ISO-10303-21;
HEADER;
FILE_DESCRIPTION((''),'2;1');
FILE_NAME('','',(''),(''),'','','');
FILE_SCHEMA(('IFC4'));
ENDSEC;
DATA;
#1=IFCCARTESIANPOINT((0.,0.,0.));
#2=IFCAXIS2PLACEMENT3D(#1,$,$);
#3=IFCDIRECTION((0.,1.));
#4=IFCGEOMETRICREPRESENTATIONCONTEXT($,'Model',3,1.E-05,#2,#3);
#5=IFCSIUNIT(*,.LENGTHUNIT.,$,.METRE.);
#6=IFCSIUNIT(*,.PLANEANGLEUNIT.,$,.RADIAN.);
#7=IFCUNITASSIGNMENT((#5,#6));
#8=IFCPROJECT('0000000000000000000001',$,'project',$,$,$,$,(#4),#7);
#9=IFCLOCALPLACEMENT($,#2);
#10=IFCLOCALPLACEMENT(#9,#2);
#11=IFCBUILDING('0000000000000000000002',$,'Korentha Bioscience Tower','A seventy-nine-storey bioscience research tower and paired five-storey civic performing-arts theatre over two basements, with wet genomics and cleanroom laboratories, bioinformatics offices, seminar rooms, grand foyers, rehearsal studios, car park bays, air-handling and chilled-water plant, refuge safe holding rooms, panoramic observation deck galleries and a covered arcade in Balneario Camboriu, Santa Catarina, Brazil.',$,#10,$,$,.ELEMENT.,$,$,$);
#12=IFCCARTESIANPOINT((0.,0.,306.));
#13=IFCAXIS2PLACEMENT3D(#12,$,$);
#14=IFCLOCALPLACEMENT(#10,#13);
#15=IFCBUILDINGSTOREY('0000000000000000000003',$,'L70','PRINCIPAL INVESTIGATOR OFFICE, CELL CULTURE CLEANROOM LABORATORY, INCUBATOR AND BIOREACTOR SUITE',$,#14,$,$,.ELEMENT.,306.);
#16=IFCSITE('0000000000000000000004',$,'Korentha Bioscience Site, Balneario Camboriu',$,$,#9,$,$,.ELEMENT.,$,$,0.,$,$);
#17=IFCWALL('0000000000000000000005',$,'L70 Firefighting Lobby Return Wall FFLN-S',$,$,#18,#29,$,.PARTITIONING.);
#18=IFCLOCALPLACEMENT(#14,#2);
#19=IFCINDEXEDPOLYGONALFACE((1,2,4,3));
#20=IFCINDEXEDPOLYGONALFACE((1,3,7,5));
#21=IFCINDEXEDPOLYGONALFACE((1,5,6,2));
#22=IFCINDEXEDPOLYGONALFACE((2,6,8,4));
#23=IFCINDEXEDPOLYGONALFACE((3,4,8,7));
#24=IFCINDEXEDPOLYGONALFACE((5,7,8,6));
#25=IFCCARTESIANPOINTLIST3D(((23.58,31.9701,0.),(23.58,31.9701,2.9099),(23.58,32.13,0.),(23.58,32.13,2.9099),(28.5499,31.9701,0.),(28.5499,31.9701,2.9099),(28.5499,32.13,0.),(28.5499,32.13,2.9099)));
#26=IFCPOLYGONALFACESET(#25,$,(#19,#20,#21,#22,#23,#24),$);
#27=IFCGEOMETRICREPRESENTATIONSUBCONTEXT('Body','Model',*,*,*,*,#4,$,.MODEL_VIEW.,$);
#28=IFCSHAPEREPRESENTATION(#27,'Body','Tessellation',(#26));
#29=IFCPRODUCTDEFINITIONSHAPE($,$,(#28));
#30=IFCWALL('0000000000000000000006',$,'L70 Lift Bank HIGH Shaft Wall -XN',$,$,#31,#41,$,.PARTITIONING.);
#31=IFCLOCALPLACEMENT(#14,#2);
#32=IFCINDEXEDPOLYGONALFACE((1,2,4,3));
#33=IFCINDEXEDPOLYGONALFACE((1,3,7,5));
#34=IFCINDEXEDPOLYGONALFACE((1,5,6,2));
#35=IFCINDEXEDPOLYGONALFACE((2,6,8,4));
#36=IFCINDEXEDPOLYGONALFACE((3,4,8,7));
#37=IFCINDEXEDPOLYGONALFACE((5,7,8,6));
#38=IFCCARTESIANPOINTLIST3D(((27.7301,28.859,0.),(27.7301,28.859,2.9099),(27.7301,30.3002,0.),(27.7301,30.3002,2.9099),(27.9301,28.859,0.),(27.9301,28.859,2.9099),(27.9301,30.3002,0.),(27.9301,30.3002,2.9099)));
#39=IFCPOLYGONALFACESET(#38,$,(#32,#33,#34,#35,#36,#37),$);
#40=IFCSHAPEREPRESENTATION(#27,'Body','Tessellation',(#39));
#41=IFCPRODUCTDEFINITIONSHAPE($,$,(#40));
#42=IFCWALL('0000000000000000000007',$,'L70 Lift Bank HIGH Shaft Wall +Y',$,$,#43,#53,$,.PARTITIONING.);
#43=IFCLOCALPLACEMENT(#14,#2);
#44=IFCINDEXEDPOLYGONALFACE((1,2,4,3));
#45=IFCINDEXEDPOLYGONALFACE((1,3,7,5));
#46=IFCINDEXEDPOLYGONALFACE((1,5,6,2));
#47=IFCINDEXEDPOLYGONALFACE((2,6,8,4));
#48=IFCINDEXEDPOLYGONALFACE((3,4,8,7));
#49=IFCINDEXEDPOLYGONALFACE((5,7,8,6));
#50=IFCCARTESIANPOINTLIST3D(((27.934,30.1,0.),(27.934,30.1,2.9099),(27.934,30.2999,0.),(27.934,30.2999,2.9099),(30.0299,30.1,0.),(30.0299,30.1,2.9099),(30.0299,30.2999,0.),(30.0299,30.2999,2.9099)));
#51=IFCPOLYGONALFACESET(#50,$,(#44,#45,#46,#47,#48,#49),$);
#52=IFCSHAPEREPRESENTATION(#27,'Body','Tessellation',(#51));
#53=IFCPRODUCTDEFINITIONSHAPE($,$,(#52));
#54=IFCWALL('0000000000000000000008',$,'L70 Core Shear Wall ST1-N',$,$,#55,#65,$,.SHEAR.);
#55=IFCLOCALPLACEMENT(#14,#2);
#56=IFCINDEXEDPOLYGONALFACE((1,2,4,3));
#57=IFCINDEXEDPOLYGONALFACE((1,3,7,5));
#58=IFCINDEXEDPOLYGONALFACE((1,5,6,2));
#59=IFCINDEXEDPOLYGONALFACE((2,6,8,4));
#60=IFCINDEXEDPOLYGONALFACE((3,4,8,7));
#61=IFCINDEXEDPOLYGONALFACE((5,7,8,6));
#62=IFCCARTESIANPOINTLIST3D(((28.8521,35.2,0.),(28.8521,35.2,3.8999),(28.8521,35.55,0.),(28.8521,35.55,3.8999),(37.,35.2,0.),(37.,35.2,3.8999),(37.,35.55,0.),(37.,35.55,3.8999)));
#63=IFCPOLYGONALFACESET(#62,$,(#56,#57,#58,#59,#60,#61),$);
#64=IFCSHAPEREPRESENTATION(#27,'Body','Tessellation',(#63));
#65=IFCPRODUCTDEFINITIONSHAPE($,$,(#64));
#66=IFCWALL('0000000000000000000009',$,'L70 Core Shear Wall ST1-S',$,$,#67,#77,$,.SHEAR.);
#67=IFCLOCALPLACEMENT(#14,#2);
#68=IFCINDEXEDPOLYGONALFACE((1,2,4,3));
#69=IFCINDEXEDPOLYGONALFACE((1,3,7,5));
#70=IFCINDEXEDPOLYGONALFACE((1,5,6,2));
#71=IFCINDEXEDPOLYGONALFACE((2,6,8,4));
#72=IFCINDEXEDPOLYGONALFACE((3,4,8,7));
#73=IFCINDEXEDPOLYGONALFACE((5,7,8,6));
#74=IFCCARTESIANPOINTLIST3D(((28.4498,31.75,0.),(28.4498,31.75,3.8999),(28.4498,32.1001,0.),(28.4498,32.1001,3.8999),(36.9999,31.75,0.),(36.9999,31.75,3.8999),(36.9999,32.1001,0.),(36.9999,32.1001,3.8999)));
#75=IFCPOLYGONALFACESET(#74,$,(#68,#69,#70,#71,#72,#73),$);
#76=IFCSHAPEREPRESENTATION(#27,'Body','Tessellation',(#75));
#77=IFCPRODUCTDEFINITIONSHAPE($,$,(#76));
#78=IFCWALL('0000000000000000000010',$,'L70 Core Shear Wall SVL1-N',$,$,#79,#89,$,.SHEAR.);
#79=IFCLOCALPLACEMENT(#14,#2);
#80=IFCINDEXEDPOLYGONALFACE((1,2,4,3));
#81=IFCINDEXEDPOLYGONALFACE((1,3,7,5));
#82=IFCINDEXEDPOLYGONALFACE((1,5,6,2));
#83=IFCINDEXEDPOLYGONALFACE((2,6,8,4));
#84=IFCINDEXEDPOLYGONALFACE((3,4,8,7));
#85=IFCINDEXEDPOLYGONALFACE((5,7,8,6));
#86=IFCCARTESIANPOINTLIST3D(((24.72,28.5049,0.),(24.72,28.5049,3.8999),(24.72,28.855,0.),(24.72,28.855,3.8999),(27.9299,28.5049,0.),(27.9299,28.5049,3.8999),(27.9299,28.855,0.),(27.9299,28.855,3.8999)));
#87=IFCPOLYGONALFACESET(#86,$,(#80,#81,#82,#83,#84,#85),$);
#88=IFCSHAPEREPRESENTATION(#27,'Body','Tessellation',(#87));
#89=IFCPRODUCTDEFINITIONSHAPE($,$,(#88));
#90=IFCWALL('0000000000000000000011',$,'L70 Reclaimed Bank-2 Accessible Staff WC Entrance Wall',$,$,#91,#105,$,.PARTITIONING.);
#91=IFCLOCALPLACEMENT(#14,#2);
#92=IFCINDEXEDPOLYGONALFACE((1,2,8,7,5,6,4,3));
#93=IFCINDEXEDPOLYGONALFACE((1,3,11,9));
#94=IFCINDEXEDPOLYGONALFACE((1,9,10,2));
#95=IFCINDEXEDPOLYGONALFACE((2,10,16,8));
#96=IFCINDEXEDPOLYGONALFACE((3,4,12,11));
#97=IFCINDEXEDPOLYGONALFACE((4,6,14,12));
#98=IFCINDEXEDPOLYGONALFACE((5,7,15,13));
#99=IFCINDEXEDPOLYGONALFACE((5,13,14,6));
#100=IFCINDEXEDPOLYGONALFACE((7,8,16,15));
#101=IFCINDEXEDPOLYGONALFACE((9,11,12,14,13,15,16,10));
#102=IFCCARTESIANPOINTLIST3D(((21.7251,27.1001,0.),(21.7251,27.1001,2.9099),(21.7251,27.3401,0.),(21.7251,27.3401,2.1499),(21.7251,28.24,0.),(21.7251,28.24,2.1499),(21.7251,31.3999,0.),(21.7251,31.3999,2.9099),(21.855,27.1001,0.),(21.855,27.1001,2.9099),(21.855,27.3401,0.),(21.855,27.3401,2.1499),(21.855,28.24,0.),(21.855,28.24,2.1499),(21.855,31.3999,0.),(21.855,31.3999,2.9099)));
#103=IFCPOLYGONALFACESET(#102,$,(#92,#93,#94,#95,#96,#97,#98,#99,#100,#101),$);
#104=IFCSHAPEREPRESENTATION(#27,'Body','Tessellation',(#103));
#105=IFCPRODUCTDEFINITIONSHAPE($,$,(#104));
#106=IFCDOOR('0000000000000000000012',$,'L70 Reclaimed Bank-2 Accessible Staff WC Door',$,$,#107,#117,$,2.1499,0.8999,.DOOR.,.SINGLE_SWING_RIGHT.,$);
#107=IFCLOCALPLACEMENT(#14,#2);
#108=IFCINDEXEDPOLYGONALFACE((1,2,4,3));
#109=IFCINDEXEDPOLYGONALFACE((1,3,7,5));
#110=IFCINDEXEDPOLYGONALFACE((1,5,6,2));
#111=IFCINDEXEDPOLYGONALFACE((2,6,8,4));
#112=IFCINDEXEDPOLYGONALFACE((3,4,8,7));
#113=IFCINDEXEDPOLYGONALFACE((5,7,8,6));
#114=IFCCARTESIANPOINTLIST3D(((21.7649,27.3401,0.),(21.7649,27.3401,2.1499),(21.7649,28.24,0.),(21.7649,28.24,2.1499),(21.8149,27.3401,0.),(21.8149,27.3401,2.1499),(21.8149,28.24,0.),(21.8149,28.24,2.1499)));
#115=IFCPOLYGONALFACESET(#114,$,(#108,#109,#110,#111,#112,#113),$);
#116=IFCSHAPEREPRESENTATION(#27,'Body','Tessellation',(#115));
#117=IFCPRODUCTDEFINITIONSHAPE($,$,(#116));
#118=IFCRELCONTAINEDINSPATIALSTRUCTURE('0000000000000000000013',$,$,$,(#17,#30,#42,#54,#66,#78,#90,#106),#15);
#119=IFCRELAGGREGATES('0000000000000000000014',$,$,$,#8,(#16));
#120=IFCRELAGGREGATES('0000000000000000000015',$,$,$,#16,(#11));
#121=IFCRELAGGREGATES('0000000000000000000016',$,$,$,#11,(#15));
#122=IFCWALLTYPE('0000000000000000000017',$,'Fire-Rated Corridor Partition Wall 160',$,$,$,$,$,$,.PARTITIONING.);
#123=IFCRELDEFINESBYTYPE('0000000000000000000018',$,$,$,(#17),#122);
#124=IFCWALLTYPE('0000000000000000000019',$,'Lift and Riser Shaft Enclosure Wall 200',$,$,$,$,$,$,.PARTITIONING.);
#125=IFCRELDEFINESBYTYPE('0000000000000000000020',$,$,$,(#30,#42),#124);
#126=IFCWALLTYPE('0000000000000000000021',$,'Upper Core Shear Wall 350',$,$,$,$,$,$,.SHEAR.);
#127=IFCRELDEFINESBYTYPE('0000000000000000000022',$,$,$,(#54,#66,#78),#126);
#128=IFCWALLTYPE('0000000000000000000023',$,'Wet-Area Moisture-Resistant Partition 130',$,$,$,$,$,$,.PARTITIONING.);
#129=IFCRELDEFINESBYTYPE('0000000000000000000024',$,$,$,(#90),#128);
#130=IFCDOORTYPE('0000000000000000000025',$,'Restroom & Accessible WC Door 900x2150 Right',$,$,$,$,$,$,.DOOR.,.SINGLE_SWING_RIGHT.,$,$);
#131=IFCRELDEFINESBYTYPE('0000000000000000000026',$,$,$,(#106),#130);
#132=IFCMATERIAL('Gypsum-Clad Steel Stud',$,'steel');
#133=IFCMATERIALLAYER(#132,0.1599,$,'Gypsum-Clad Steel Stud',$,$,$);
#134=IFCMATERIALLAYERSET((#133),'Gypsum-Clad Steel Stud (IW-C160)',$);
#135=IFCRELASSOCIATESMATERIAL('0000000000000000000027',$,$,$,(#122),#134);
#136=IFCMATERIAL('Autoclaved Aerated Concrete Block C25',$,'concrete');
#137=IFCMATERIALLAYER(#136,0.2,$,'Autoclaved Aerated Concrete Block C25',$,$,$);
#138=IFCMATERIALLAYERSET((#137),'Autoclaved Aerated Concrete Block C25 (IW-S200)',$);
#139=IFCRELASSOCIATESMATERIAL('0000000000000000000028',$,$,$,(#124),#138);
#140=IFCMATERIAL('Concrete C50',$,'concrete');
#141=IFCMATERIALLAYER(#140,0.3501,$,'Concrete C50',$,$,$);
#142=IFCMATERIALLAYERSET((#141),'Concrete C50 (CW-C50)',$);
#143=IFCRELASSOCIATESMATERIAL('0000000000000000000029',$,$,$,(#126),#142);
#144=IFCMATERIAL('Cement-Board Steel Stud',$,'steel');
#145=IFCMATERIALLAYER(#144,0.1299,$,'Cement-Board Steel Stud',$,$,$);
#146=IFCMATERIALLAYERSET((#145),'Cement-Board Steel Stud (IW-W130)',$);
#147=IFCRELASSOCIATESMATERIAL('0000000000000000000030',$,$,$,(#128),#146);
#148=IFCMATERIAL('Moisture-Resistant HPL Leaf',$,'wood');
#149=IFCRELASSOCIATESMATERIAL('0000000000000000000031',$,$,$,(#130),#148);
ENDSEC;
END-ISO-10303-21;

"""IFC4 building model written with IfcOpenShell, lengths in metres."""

from ifc_helpers import new_model, si_unit, direction, frame, frame_2d, origin, place, context, subcontext, project, spatial, rectangle, extrude, material, layer, layer_set, type_object, element, fill, save


model = new_model("IFC4")

# Units and contexts
model_context = context("Model", 3, precision=1e-05, world=origin(), true_north=direction((0.0, 1.0)))
body_context = subcontext(model_context, "Body", "Model", "MODEL_VIEW")
ifc_project = project(units=[si_unit("LENGTHUNIT", "METRE"), si_unit("PLANEANGLEUNIT", "RADIAN")], contexts=[model_context])

# Site, building, storey
site_placement = place(None, origin())
site = spatial("IfcSite", under=ifc_project, at=site_placement, Name="Korentha Bioscience Site, Balneario Camboriu", CompositionType="ELEMENT", RefElevation=0.0)
building_placement = place(site_placement, origin())
building = spatial("IfcBuilding", under=site, at=building_placement, Name="Korentha Bioscience Tower", Description="A seventy-nine-storey bioscience research tower and paired five-storey civic performing-arts theatre over two basements, with wet genomics and cleanroom laboratories, bioinformatics offices, seminar rooms, grand foyers, rehearsal studios, car park bays, air-handling and chilled-water plant, refuge safe holding rooms, panoramic observation deck galleries and a covered arcade in Balneario Camboriu, Santa Catarina, Brazil.", CompositionType="ELEMENT")
storey_placement = place(building_placement, frame((0.0, 0.0, 306.0)))
storey = spatial("IfcBuildingStorey", under=building, at=storey_placement, Name="L70", Description="PRINCIPAL INVESTIGATOR OFFICE, CELL CULTURE CLEANROOM LABORATORY, INCUBATOR AND BIOREACTOR SUITE", CompositionType="ELEMENT", Elevation=306.0)

# Shared definitions
ifc_material_1 = material(Name="Gypsum-Clad Steel Stud", Category="steel")
ifc_layer_1 = layer(ifc_material_1, 0.1599, Name="Gypsum-Clad Steel Stud")
ifc_layer_set_1 = layer_set([ifc_layer_1], Name="Gypsum-Clad Steel Stud (IW-C160)")
wall_type_1 = type_object("IfcWallType", Name="Fire-Rated Corridor Partition Wall 160", PredefinedType="PARTITIONING", material=ifc_layer_set_1)

# Walls
wall_1_placement = place(storey_placement, frame((23.5801, 32.05, 0.0), z_axis=(0.0, 0.0, 1.0), x_axis=(1.0, 0.0, 0.0)))
element("IfcWall", 1, at=wall_1_placement, inside=storey, type_object=wall_type_1, Name="L70 Firefighting Lobby Return Wall FFLN-S", PredefinedType="PARTITIONING", context=body_context, shape_type="SweptSolid", body=[
    extrude(rectangle(XDim=4.97, YDim=0.1599, at=frame_2d((2.4849, 0.0))), origin(), (0.0, 0.0, 1.0), 2.9099),
])
ifc_material_2 = material(Name="Autoclaved Aerated Concrete Block C25", Category="concrete")
ifc_layer_2 = layer(ifc_material_2, 0.2, Name="Autoclaved Aerated Concrete Block C25")
ifc_layer_set_2 = layer_set([ifc_layer_2], Name="Autoclaved Aerated Concrete Block C25 (IW-S200)")
wall_type_2 = type_object("IfcWallType", Name="Lift and Riser Shaft Enclosure Wall 200", PredefinedType="PARTITIONING", material=ifc_layer_set_2)
wall_2_placement = place(storey_placement, frame((27.8301, 28.8589, 0.0), z_axis=(0.0, 0.0, 1.0), x_axis=(0.0, 1.0, 0.0)))
element("IfcWall", 2, at=wall_2_placement, inside=storey, type_object=wall_type_2, Name="L70 Lift Bank HIGH Shaft Wall -XN", PredefinedType="PARTITIONING", context=body_context, shape_type="SweptSolid", body=[
    extrude(rectangle(XDim=1.4412, YDim=0.2, at=frame_2d((0.7207, 0.0))), origin(), (0.0, 0.0, 1.0), 2.9099),
])
wall_3_placement = place(storey_placement, frame((27.9341, 30.2, 0.0), z_axis=(0.0, 0.0, 1.0), x_axis=(1.0, 0.0, 0.0)))
element("IfcWall", 3, at=wall_3_placement, inside=storey, type_object=wall_type_2, Name="L70 Lift Bank HIGH Shaft Wall +Y", PredefinedType="PARTITIONING", context=body_context, shape_type="SweptSolid", body=[
    extrude(rectangle(XDim=2.0959, YDim=0.2, at=frame_2d((1.0479, 0.0))), origin(), (0.0, 0.0, 1.0), 2.9099),
])
ifc_material_3 = material(Name="Concrete C50", Category="concrete")
ifc_layer_3 = layer(ifc_material_3, 0.3501, Name="Concrete C50")
ifc_layer_set_3 = layer_set([ifc_layer_3], Name="Concrete C50 (CW-C50)")
wall_type_3 = type_object("IfcWallType", Name="Upper Core Shear Wall 350", PredefinedType="SHEAR", material=ifc_layer_set_3)
wall_4_placement = place(storey_placement, frame((28.8521, 35.375, 0.0), z_axis=(0.0, 0.0, 1.0), x_axis=(1.0, 0.0, 0.0)))
element("IfcWall", 4, at=wall_4_placement, inside=storey, type_object=wall_type_3, Name="L70 Core Shear Wall ST1-N", PredefinedType="SHEAR", context=body_context, shape_type="SweptSolid", body=[
    extrude(rectangle(XDim=8.1479, YDim=0.3501, at=frame_2d((4.074, 0.0))), origin(), (0.0, 0.0, 1.0), 3.8999),
])
wall_5_placement = place(storey_placement, frame((28.45, 31.925, 0.0), z_axis=(0.0, 0.0, 1.0), x_axis=(1.0, 0.0, 0.0)))
element("IfcWall", 5, at=wall_5_placement, inside=storey, type_object=wall_type_3, Name="L70 Core Shear Wall ST1-S", PredefinedType="SHEAR", context=body_context, shape_type="SweptSolid", body=[
    extrude(rectangle(XDim=8.55, YDim=0.3501, at=frame_2d((4.2749, 0.0))), origin(), (0.0, 0.0, 1.0), 3.8999),
])

# Wall
wall_6_placement = place(storey_placement, frame((24.72, 28.6799, 0.0), z_axis=(0.0, 0.0, 1.0), x_axis=(1.0, 0.0, 0.0)))
element("IfcWall", 6, at=wall_6_placement, inside=storey, type_object=wall_type_3, Name="L70 Core Shear Wall SVL1-N", PredefinedType="SHEAR", context=body_context, shape_type="SweptSolid", body=[
    extrude(rectangle(XDim=3.21, YDim=0.3501, at=frame_2d((1.605, 0.0))), origin(), (0.0, 0.0, 1.0), 3.8999),
])

# Wall, opening, door
ifc_material_4 = material(Name="Cement-Board Steel Stud", Category="steel")
ifc_layer_4 = layer(ifc_material_4, 0.1299, Name="Cement-Board Steel Stud")
ifc_layer_set_4 = layer_set([ifc_layer_4], Name="Cement-Board Steel Stud (IW-W130)")
wall_type_4 = type_object("IfcWallType", Name="Wet-Area Moisture-Resistant Partition 130", PredefinedType="PARTITIONING", material=ifc_layer_set_4)
wall_7_placement = place(storey_placement, frame((21.79, 31.3999, 0.0), z_axis=(0.0, 0.0, 1.0), x_axis=(0.0, -1.0, 0.0)))
wall_7 = element("IfcWall", 7, at=wall_7_placement, inside=storey, type_object=wall_type_4, Name="L70 Reclaimed Bank-2 Accessible Staff WC Entrance Wall", PredefinedType="PARTITIONING", context=body_context, shape_type="SweptSolid", body=[
    extrude(rectangle(XDim=4.2998, YDim=0.1299, at=frame_2d((2.1499, 0.0))), origin(), (0.0, 0.0, 1.0), 2.9099),
])
opening_1_placement = place(wall_7_placement, frame((3.1599, 0.0, 0.0)))
opening_1 = element("IfcOpeningElement", 8, at=opening_1_placement, cuts=wall_7, PredefinedType="OPENING", context=body_context, shape_type="SweptSolid", body=[
    extrude(rectangle(XDim=0.8999, YDim=2.1499, at=frame_2d((0.45, 1.075))), frame((0.0, 0.0798, 0.0), z_axis=(0.0, -1.0, 0.0), x_axis=(1.0, 0.0, 0.0)), (0.0, 0.0, 1.0), 0.1597),
])
ifc_material_5 = material(Name="Moisture-Resistant HPL Leaf", Category="wood")
door_type_1 = type_object("IfcDoorType", Name="Restroom & Accessible WC Door 900x2150 Right", OperationType="SINGLE_SWING_RIGHT", PredefinedType="DOOR", material=ifc_material_5)
door_1_placement = place(opening_1_placement, origin())
door_1 = element("IfcDoor", 9, at=door_1_placement, inside=storey, type_object=door_type_1, Name="L70 Reclaimed Bank-2 Accessible Staff WC Door", OperationType="SINGLE_SWING_RIGHT", OverallHeight=2.1499, OverallWidth=0.8999, PredefinedType="DOOR", context=body_context, shape_type="SweptSolid", body=[
    extrude(rectangle(XDim=0.8999, YDim=2.1499, at=frame_2d((0.45, 1.075))), frame((0.0, 0.0249, 0.0), z_axis=(0.0, -1.0, 0.0), x_axis=(1.0, 0.0, 0.0)), (0.0, 0.0, 1.0), 0.05),
])
fill(opening_1, door_1)

save(model, "model.ifc")
